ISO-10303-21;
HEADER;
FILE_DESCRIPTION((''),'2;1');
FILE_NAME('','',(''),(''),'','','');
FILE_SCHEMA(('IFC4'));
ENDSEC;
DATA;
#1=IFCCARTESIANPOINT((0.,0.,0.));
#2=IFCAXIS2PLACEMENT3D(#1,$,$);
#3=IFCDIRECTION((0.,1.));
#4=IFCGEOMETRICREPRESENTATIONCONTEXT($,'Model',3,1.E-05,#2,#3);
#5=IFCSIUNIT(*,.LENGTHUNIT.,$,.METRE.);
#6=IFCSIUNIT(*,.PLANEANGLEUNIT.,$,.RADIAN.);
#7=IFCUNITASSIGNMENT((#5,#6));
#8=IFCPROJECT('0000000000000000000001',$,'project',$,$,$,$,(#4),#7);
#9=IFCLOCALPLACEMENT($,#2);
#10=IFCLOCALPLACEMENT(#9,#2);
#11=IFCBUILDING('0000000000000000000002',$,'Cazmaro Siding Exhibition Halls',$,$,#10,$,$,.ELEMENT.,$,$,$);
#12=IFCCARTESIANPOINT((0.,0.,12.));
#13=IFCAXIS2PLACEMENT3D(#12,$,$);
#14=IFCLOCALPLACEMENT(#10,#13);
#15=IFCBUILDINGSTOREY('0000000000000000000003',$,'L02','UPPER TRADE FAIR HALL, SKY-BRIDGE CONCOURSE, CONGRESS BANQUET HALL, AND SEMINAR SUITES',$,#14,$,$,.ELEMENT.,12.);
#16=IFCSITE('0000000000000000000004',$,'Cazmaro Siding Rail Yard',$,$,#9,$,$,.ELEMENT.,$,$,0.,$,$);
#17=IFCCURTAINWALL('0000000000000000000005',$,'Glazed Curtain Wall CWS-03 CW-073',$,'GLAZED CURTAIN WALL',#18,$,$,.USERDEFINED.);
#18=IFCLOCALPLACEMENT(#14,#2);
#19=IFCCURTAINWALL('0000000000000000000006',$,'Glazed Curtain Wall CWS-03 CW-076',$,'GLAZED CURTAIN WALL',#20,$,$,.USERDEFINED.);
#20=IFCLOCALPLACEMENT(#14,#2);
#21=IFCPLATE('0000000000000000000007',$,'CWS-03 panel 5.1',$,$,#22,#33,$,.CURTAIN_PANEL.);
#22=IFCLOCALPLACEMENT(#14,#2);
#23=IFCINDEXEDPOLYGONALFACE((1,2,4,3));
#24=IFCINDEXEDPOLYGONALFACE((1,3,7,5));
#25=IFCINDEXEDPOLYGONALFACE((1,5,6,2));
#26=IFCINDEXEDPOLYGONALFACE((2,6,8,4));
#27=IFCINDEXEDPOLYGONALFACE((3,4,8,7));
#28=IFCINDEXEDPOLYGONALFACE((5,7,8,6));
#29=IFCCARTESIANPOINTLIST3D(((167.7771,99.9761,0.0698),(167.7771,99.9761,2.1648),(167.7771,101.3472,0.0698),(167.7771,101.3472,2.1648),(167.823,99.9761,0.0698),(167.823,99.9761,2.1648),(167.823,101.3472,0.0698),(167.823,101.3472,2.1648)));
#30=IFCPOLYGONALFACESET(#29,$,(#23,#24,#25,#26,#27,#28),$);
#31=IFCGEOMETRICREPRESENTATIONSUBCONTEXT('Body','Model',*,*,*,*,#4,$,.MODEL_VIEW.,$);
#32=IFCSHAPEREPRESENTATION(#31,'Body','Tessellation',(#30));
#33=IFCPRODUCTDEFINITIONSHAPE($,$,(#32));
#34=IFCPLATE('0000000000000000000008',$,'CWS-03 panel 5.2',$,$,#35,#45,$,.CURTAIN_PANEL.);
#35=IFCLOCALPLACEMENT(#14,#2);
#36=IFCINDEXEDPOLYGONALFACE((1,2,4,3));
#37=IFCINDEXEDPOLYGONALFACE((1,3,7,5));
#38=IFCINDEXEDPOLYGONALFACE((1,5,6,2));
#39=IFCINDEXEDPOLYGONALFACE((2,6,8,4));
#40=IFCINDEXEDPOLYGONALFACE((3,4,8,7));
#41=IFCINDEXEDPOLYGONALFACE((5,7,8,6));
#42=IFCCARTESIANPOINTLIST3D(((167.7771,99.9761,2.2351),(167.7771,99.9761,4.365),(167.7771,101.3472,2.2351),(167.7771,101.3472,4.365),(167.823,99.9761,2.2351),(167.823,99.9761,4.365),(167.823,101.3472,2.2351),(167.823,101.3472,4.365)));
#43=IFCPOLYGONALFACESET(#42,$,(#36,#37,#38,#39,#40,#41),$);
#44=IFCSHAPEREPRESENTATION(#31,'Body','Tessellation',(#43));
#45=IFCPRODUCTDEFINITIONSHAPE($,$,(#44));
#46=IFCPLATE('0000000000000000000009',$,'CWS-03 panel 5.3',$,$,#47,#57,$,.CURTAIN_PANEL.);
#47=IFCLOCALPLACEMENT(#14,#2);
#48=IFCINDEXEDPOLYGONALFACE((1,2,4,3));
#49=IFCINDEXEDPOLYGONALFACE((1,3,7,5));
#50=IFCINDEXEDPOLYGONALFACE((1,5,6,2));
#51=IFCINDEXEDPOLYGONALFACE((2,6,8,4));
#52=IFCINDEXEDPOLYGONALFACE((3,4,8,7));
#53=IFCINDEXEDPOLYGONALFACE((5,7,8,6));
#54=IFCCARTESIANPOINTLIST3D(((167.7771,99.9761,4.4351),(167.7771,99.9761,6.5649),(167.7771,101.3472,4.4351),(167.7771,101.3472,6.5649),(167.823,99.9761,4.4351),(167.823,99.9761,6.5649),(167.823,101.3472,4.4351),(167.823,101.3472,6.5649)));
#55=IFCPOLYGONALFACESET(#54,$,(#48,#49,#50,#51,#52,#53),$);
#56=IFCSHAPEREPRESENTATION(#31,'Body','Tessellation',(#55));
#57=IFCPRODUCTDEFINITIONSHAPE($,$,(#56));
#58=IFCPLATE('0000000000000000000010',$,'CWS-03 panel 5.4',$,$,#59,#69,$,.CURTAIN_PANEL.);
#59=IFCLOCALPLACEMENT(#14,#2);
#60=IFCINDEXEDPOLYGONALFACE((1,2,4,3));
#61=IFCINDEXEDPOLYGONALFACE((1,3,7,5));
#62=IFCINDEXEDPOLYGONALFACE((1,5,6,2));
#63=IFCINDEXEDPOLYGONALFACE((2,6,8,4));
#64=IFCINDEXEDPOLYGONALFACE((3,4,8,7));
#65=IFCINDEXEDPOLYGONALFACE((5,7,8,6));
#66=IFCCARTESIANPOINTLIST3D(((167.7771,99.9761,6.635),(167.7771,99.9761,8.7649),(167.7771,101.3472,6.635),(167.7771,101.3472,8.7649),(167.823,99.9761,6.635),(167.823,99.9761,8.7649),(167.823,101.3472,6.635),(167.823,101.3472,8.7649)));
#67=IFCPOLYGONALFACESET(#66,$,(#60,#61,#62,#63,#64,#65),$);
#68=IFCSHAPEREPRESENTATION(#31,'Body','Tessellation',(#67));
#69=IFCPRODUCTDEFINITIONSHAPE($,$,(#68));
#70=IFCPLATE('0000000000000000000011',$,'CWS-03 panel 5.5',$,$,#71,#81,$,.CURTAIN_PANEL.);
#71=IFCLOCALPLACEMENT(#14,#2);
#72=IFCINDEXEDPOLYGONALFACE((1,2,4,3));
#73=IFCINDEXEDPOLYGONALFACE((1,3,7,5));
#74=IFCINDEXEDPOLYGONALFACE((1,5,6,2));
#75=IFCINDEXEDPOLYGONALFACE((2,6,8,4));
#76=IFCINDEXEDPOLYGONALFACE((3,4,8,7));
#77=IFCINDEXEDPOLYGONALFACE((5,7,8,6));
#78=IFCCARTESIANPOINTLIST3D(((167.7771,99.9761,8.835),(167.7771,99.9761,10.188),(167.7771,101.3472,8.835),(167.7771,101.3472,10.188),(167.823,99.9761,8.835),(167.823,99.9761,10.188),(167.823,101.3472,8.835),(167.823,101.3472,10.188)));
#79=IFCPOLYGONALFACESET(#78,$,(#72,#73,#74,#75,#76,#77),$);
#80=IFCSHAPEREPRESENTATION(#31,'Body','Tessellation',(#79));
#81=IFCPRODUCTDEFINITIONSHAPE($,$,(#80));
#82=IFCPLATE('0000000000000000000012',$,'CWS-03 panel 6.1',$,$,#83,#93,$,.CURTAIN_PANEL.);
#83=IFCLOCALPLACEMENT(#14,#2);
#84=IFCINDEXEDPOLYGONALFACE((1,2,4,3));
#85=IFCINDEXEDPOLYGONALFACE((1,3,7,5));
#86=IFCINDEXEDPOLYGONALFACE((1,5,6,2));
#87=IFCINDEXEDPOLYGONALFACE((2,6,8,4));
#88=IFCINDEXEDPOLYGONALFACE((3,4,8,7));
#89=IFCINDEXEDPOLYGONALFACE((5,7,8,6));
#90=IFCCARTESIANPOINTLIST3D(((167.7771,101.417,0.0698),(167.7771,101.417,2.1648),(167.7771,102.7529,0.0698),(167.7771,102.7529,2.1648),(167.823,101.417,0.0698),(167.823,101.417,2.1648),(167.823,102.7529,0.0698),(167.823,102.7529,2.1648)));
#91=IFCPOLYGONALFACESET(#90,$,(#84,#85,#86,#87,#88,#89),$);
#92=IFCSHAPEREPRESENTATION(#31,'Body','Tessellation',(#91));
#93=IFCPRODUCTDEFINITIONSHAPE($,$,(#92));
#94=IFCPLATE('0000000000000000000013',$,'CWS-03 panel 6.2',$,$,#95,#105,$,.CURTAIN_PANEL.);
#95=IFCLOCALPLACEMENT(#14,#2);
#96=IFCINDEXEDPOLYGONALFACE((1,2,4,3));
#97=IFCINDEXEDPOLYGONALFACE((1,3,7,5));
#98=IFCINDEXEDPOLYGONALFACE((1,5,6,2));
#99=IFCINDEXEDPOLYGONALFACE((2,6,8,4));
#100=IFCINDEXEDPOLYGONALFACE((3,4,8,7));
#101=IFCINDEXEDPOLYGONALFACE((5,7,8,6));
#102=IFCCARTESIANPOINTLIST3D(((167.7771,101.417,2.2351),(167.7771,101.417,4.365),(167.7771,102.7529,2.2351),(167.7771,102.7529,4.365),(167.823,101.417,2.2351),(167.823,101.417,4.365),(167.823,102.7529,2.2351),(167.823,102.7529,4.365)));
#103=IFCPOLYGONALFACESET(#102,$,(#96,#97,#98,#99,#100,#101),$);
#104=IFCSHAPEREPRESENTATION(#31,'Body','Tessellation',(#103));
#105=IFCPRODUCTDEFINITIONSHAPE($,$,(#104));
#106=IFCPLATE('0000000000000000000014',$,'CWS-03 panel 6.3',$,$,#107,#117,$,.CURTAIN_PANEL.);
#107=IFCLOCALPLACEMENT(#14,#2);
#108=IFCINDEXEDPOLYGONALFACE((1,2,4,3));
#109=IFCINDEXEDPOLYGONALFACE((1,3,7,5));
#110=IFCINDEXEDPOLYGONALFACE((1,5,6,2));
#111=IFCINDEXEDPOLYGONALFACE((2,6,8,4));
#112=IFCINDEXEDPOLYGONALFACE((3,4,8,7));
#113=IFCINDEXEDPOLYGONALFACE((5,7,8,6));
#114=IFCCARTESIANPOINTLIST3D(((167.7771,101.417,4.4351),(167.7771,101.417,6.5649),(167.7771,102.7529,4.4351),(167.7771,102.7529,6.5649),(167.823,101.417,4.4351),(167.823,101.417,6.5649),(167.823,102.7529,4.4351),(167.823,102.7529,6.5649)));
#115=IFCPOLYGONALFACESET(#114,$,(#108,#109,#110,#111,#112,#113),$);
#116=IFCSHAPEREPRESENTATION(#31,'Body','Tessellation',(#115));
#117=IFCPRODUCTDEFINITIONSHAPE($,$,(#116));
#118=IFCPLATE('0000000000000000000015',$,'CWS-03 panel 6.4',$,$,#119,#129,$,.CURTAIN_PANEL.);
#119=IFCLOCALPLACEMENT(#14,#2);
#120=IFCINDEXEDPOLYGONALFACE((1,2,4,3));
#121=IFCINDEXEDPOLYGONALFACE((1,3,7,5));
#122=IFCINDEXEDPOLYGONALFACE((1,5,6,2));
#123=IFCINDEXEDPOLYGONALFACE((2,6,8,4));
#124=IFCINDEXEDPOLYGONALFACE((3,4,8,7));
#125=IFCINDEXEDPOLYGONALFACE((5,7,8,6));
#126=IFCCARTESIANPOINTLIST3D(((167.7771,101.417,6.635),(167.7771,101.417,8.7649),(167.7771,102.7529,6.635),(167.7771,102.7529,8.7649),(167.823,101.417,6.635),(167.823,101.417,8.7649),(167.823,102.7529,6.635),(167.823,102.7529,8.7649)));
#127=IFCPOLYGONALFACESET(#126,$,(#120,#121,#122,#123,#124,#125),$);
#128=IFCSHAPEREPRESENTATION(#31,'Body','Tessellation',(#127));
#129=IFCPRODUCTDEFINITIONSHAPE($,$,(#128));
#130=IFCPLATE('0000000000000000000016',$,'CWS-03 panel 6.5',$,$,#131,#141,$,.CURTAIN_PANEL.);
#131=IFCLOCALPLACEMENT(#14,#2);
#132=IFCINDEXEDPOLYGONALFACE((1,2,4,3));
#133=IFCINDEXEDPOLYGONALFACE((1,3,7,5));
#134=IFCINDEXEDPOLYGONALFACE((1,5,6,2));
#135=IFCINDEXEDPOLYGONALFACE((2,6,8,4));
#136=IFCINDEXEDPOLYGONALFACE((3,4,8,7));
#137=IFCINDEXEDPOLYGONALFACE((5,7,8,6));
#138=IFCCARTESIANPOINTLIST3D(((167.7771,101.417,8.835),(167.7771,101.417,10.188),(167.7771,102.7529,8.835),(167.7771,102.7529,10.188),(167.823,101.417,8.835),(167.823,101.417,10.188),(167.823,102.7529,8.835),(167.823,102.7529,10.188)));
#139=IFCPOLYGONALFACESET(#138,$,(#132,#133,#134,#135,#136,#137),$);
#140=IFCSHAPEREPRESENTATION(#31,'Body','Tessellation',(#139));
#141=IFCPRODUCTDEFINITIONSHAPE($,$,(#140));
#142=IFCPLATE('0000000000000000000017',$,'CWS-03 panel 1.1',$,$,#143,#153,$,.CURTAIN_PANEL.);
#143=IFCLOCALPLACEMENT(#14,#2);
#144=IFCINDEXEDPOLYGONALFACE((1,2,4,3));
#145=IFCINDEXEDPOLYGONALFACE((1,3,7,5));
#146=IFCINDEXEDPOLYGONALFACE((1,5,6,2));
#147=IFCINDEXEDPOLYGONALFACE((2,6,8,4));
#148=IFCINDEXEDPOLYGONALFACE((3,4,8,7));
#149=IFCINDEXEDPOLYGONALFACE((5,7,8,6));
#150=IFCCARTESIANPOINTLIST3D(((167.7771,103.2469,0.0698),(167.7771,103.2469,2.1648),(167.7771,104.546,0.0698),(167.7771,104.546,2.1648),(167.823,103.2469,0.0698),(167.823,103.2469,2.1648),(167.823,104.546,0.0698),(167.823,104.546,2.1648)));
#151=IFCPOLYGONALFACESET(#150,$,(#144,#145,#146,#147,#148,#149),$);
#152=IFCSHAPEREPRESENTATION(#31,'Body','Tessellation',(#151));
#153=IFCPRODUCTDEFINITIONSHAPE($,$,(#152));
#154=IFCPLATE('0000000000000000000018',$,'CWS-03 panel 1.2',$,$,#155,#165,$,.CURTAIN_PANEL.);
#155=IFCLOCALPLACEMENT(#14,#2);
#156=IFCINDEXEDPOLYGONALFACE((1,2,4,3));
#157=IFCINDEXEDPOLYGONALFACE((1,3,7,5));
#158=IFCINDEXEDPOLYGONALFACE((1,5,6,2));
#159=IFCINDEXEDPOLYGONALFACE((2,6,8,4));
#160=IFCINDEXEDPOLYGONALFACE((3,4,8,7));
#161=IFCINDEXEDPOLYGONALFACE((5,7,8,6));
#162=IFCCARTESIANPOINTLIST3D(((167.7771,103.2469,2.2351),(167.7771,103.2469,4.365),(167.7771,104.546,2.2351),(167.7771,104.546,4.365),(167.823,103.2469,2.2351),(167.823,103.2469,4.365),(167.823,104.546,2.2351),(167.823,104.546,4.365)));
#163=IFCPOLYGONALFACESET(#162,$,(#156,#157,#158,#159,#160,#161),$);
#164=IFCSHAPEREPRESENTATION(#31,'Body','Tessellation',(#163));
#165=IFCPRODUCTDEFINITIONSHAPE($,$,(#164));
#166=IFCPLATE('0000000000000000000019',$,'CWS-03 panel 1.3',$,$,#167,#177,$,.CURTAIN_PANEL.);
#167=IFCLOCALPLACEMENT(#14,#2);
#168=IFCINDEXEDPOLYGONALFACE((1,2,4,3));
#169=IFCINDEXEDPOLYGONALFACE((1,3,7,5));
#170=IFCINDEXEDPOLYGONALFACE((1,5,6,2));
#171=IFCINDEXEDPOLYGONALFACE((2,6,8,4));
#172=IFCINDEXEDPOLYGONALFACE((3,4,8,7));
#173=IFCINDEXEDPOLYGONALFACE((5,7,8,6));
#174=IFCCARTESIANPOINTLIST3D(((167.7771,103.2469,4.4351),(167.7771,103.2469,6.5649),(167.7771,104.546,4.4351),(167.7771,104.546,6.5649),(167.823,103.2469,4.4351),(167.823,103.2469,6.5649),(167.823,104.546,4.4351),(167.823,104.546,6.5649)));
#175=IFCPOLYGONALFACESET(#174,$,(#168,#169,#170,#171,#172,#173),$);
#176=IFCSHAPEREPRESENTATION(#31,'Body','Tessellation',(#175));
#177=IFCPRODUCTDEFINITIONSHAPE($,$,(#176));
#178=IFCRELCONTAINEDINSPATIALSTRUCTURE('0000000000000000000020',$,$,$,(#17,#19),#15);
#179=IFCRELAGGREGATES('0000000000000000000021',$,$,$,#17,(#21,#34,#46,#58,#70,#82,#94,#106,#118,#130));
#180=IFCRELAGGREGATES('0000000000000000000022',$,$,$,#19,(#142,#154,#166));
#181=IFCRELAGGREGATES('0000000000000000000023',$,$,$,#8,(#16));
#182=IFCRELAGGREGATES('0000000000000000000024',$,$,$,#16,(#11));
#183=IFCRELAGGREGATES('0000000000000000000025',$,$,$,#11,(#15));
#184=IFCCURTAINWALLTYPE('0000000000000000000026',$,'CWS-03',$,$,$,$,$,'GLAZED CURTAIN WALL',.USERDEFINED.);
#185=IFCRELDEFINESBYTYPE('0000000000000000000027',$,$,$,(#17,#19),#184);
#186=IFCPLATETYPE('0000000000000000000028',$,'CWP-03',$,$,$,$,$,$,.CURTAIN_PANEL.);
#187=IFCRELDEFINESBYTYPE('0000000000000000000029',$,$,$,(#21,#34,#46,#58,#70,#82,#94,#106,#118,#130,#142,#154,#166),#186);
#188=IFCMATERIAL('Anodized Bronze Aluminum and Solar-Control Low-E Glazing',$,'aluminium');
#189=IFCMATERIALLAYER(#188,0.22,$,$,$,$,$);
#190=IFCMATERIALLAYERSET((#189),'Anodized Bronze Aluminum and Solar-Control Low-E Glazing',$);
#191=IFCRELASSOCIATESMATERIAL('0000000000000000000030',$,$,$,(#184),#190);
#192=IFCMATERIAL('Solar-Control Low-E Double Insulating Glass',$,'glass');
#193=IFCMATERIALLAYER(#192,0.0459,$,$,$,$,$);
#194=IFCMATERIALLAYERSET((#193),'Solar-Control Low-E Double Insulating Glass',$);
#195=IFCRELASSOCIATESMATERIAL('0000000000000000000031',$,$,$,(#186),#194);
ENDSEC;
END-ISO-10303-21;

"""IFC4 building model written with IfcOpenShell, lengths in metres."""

from ifc_helpers import new_model, si_unit, direction, frame, origin, origin_2d, place, context, subcontext, project, spatial, rectangle, extrude, material, layer, layer_set, type_object, element, aggregate, save


model = new_model("IFC4")

# Units and contexts
model_context = context("Model", 3, precision=1e-05, world=origin(), true_north=direction((0.0, 1.0)))
body_context = subcontext(model_context, "Body", "Model", "MODEL_VIEW")
ifc_project = project(units=[si_unit("LENGTHUNIT", "METRE"), si_unit("PLANEANGLEUNIT", "RADIAN")], contexts=[model_context])

# Site, building, storey
site_placement = place(None, origin())
site = spatial("IfcSite", under=ifc_project, at=site_placement, Name="Cazmaro Siding Rail Yard", CompositionType="ELEMENT", RefElevation=0.0)
building_placement = place(site_placement, origin())
building = spatial("IfcBuilding", under=site, at=building_placement, Name="Cazmaro Siding Exhibition Halls", CompositionType="ELEMENT")
storey_placement = place(building_placement, frame((0.0, 0.0, 12.0)))
storey = spatial("IfcBuildingStorey", under=building, at=storey_placement, Name="L02", Description="UPPER TRADE FAIR HALL, SKY-BRIDGE CONCOURSE, CONGRESS BANQUET HALL, AND SEMINAR SUITES", CompositionType="ELEMENT", Elevation=12.0)

# Curtain wall
ifc_material_1 = material(Name="Anodized Bronze Aluminum and Solar-Control Low-E Glazing", Category="aluminium")
ifc_layer_1 = layer(ifc_material_1, 0.22)
ifc_layer_set_1 = layer_set([ifc_layer_1], Name="Anodized Bronze Aluminum and Solar-Control Low-E Glazing")
curtain_wall_type = type_object("IfcCurtainWallType", Name="CWS-03", ElementType="GLAZED CURTAIN WALL", PredefinedType="USERDEFINED", material=ifc_layer_set_1)
curtain_wall_1_placement = place(storey_placement, origin())
curtain_wall_1 = element("IfcCurtainWall", 1, at=curtain_wall_1_placement, inside=storey, type_object=curtain_wall_type, Name="Glazed Curtain Wall CWS-03 CW-073", ObjectType="GLAZED CURTAIN WALL", PredefinedType="USERDEFINED")

# Curtain wall
curtain_wall_2_placement = place(storey_placement, origin())
curtain_wall_2 = element("IfcCurtainWall", 2, at=curtain_wall_2_placement, inside=storey, type_object=curtain_wall_type, Name="Glazed Curtain Wall CWS-03 CW-076", ObjectType="GLAZED CURTAIN WALL", PredefinedType="USERDEFINED")

# Plates
ifc_material_2 = material(Name="Solar-Control Low-E Double Insulating Glass", Category="glass")
ifc_layer_2 = layer(ifc_material_2, 0.0459)
ifc_layer_set_2 = layer_set([ifc_layer_2], Name="Solar-Control Low-E Double Insulating Glass")
plate_type = type_object("IfcPlateType", Name="CWP-03", PredefinedType="CURTAIN_PANEL", material=ifc_layer_set_2)
plate_1_placement = place(storey_placement, frame((167.8, 100.6616, 0.0698), z_axis=(0.0, 0.0, 1.0), x_axis=(0.0, 1.0, 0.0)))
plate_1 = element("IfcPlate", 3, at=plate_1_placement, type_object=plate_type, Name="CWS-03 panel 5.1", PredefinedType="CURTAIN_PANEL", context=body_context, shape_type="SweptSolid", body=[
    extrude(rectangle(XDim=1.3711, YDim=0.0459, at=origin_2d()), origin(), (0.0, 0.0, 1.0), 2.095),
])
plate_2_placement = place(storey_placement, frame((167.8, 100.6616, 2.2351), z_axis=(0.0, 0.0, 1.0), x_axis=(0.0, 1.0, 0.0)))
plate_2 = element("IfcPlate", 4, at=plate_2_placement, type_object=plate_type, Name="CWS-03 panel 5.2", PredefinedType="CURTAIN_PANEL", context=body_context, shape_type="SweptSolid", body=[
    extrude(rectangle(XDim=1.3711, YDim=0.0459, at=origin_2d()), origin(), (0.0, 0.0, 1.0), 2.1299),
])
plate_3_placement = place(storey_placement, frame((167.8, 100.6616, 4.4351), z_axis=(0.0, 0.0, 1.0), x_axis=(0.0, 1.0, 0.0)))
plate_3 = element("IfcPlate", 5, at=plate_3_placement, type_object=plate_type, Name="CWS-03 panel 5.3", PredefinedType="CURTAIN_PANEL", context=body_context, shape_type="SweptSolid", body=[
    extrude(rectangle(XDim=1.3711, YDim=0.0459, at=origin_2d()), origin(), (0.0, 0.0, 1.0), 2.1299),
])
plate_4_placement = place(storey_placement, frame((167.8, 100.6616, 6.635), z_axis=(0.0, 0.0, 1.0), x_axis=(0.0, 1.0, 0.0)))
plate_4 = element("IfcPlate", 6, at=plate_4_placement, type_object=plate_type, Name="CWS-03 panel 5.4", PredefinedType="CURTAIN_PANEL", context=body_context, shape_type="SweptSolid", body=[
    extrude(rectangle(XDim=1.3711, YDim=0.0459, at=origin_2d()), origin(), (0.0, 0.0, 1.0), 2.1299),
])
plate_5_placement = place(storey_placement, frame((167.8, 100.6616, 8.835), z_axis=(0.0, 0.0, 1.0), x_axis=(0.0, 1.0, 0.0)))
plate_5 = element("IfcPlate", 7, at=plate_5_placement, type_object=plate_type, Name="CWS-03 panel 5.5", PredefinedType="CURTAIN_PANEL", context=body_context, shape_type="SweptSolid", body=[
    extrude(rectangle(XDim=1.3711, YDim=0.0459, at=origin_2d()), origin(), (0.0, 0.0, 1.0), 1.353),
])
plate_6_placement = place(storey_placement, frame((167.8, 102.085, 0.0698), z_axis=(0.0, 0.0, 1.0), x_axis=(0.0, 1.0, 0.0)))
plate_6 = element("IfcPlate", 8, at=plate_6_placement, type_object=plate_type, Name="CWS-03 panel 6.1", PredefinedType="CURTAIN_PANEL", context=body_context, shape_type="SweptSolid", body=[
    extrude(rectangle(XDim=1.3359, YDim=0.0459, at=origin_2d()), origin(), (0.0, 0.0, 1.0), 2.095),
])
plate_7_placement = place(storey_placement, frame((167.8, 102.085, 2.2351), z_axis=(0.0, 0.0, 1.0), x_axis=(0.0, 1.0, 0.0)))
plate_7 = element("IfcPlate", 9, at=plate_7_placement, type_object=plate_type, Name="CWS-03 panel 6.2", PredefinedType="CURTAIN_PANEL", context=body_context, shape_type="SweptSolid", body=[
    extrude(rectangle(XDim=1.3359, YDim=0.0459, at=origin_2d()), origin(), (0.0, 0.0, 1.0), 2.1299),
])
plate_8_placement = place(storey_placement, frame((167.8, 102.085, 4.4351), z_axis=(0.0, 0.0, 1.0), x_axis=(0.0, 1.0, 0.0)))
plate_8 = element("IfcPlate", 10, at=plate_8_placement, type_object=plate_type, Name="CWS-03 panel 6.3", PredefinedType="CURTAIN_PANEL", context=body_context, shape_type="SweptSolid", body=[
    extrude(rectangle(XDim=1.3359, YDim=0.0459, at=origin_2d()), origin(), (0.0, 0.0, 1.0), 2.1299),
])
plate_9_placement = place(storey_placement, frame((167.8, 102.085, 6.635), z_axis=(0.0, 0.0, 1.0), x_axis=(0.0, 1.0, 0.0)))
plate_9 = element("IfcPlate", 11, at=plate_9_placement, type_object=plate_type, Name="CWS-03 panel 6.4", PredefinedType="CURTAIN_PANEL", context=body_context, shape_type="SweptSolid", body=[
    extrude(rectangle(XDim=1.3359, YDim=0.0459, at=origin_2d()), origin(), (0.0, 0.0, 1.0), 2.1299),
])
plate_10_placement = place(storey_placement, frame((167.8, 102.085, 8.835), z_axis=(0.0, 0.0, 1.0), x_axis=(0.0, 1.0, 0.0)))
plate_10 = element("IfcPlate", 12, at=plate_10_placement, type_object=plate_type, Name="CWS-03 panel 6.5", PredefinedType="CURTAIN_PANEL", context=body_context, shape_type="SweptSolid", body=[
    extrude(rectangle(XDim=1.3359, YDim=0.0459, at=origin_2d()), origin(), (0.0, 0.0, 1.0), 1.353),
])
aggregate(curtain_wall_1, [plate_1, plate_2, plate_3, plate_4, plate_5, plate_6, plate_7, plate_8, plate_9, plate_10])
plate_11_placement = place(storey_placement, frame((167.8, 103.8965, 0.0698), z_axis=(0.0, 0.0, 1.0), x_axis=(0.0, 1.0, 0.0)))
plate_11 = element("IfcPlate", 13, at=plate_11_placement, type_object=plate_type, Name="CWS-03 panel 1.1", PredefinedType="CURTAIN_PANEL", context=body_context, shape_type="SweptSolid", body=[
    extrude(rectangle(XDim=1.2991, YDim=0.0459, at=origin_2d()), origin(), (0.0, 0.0, 1.0), 2.095),
])
plate_12_placement = place(storey_placement, frame((167.8, 103.8965, 2.2351), z_axis=(0.0, 0.0, 1.0), x_axis=(0.0, 1.0, 0.0)))
plate_12 = element("IfcPlate", 14, at=plate_12_placement, type_object=plate_type, Name="CWS-03 panel 1.2", PredefinedType="CURTAIN_PANEL", context=body_context, shape_type="SweptSolid", body=[
    extrude(rectangle(XDim=1.2991, YDim=0.0459, at=origin_2d()), origin(), (0.0, 0.0, 1.0), 2.1299),
])
plate_13_placement = place(storey_placement, frame((167.8, 103.8965, 4.4351), z_axis=(0.0, 0.0, 1.0), x_axis=(0.0, 1.0, 0.0)))
plate_13 = element("IfcPlate", 15, at=plate_13_placement, type_object=plate_type, Name="CWS-03 panel 1.3", PredefinedType="CURTAIN_PANEL", context=body_context, shape_type="SweptSolid", body=[
    extrude(rectangle(XDim=1.2991, YDim=0.0459, at=origin_2d()), origin(), (0.0, 0.0, 1.0), 2.1299),
])
aggregate(curtain_wall_2, [plate_11, plate_12, plate_13])

save(model, "model.ifc")
